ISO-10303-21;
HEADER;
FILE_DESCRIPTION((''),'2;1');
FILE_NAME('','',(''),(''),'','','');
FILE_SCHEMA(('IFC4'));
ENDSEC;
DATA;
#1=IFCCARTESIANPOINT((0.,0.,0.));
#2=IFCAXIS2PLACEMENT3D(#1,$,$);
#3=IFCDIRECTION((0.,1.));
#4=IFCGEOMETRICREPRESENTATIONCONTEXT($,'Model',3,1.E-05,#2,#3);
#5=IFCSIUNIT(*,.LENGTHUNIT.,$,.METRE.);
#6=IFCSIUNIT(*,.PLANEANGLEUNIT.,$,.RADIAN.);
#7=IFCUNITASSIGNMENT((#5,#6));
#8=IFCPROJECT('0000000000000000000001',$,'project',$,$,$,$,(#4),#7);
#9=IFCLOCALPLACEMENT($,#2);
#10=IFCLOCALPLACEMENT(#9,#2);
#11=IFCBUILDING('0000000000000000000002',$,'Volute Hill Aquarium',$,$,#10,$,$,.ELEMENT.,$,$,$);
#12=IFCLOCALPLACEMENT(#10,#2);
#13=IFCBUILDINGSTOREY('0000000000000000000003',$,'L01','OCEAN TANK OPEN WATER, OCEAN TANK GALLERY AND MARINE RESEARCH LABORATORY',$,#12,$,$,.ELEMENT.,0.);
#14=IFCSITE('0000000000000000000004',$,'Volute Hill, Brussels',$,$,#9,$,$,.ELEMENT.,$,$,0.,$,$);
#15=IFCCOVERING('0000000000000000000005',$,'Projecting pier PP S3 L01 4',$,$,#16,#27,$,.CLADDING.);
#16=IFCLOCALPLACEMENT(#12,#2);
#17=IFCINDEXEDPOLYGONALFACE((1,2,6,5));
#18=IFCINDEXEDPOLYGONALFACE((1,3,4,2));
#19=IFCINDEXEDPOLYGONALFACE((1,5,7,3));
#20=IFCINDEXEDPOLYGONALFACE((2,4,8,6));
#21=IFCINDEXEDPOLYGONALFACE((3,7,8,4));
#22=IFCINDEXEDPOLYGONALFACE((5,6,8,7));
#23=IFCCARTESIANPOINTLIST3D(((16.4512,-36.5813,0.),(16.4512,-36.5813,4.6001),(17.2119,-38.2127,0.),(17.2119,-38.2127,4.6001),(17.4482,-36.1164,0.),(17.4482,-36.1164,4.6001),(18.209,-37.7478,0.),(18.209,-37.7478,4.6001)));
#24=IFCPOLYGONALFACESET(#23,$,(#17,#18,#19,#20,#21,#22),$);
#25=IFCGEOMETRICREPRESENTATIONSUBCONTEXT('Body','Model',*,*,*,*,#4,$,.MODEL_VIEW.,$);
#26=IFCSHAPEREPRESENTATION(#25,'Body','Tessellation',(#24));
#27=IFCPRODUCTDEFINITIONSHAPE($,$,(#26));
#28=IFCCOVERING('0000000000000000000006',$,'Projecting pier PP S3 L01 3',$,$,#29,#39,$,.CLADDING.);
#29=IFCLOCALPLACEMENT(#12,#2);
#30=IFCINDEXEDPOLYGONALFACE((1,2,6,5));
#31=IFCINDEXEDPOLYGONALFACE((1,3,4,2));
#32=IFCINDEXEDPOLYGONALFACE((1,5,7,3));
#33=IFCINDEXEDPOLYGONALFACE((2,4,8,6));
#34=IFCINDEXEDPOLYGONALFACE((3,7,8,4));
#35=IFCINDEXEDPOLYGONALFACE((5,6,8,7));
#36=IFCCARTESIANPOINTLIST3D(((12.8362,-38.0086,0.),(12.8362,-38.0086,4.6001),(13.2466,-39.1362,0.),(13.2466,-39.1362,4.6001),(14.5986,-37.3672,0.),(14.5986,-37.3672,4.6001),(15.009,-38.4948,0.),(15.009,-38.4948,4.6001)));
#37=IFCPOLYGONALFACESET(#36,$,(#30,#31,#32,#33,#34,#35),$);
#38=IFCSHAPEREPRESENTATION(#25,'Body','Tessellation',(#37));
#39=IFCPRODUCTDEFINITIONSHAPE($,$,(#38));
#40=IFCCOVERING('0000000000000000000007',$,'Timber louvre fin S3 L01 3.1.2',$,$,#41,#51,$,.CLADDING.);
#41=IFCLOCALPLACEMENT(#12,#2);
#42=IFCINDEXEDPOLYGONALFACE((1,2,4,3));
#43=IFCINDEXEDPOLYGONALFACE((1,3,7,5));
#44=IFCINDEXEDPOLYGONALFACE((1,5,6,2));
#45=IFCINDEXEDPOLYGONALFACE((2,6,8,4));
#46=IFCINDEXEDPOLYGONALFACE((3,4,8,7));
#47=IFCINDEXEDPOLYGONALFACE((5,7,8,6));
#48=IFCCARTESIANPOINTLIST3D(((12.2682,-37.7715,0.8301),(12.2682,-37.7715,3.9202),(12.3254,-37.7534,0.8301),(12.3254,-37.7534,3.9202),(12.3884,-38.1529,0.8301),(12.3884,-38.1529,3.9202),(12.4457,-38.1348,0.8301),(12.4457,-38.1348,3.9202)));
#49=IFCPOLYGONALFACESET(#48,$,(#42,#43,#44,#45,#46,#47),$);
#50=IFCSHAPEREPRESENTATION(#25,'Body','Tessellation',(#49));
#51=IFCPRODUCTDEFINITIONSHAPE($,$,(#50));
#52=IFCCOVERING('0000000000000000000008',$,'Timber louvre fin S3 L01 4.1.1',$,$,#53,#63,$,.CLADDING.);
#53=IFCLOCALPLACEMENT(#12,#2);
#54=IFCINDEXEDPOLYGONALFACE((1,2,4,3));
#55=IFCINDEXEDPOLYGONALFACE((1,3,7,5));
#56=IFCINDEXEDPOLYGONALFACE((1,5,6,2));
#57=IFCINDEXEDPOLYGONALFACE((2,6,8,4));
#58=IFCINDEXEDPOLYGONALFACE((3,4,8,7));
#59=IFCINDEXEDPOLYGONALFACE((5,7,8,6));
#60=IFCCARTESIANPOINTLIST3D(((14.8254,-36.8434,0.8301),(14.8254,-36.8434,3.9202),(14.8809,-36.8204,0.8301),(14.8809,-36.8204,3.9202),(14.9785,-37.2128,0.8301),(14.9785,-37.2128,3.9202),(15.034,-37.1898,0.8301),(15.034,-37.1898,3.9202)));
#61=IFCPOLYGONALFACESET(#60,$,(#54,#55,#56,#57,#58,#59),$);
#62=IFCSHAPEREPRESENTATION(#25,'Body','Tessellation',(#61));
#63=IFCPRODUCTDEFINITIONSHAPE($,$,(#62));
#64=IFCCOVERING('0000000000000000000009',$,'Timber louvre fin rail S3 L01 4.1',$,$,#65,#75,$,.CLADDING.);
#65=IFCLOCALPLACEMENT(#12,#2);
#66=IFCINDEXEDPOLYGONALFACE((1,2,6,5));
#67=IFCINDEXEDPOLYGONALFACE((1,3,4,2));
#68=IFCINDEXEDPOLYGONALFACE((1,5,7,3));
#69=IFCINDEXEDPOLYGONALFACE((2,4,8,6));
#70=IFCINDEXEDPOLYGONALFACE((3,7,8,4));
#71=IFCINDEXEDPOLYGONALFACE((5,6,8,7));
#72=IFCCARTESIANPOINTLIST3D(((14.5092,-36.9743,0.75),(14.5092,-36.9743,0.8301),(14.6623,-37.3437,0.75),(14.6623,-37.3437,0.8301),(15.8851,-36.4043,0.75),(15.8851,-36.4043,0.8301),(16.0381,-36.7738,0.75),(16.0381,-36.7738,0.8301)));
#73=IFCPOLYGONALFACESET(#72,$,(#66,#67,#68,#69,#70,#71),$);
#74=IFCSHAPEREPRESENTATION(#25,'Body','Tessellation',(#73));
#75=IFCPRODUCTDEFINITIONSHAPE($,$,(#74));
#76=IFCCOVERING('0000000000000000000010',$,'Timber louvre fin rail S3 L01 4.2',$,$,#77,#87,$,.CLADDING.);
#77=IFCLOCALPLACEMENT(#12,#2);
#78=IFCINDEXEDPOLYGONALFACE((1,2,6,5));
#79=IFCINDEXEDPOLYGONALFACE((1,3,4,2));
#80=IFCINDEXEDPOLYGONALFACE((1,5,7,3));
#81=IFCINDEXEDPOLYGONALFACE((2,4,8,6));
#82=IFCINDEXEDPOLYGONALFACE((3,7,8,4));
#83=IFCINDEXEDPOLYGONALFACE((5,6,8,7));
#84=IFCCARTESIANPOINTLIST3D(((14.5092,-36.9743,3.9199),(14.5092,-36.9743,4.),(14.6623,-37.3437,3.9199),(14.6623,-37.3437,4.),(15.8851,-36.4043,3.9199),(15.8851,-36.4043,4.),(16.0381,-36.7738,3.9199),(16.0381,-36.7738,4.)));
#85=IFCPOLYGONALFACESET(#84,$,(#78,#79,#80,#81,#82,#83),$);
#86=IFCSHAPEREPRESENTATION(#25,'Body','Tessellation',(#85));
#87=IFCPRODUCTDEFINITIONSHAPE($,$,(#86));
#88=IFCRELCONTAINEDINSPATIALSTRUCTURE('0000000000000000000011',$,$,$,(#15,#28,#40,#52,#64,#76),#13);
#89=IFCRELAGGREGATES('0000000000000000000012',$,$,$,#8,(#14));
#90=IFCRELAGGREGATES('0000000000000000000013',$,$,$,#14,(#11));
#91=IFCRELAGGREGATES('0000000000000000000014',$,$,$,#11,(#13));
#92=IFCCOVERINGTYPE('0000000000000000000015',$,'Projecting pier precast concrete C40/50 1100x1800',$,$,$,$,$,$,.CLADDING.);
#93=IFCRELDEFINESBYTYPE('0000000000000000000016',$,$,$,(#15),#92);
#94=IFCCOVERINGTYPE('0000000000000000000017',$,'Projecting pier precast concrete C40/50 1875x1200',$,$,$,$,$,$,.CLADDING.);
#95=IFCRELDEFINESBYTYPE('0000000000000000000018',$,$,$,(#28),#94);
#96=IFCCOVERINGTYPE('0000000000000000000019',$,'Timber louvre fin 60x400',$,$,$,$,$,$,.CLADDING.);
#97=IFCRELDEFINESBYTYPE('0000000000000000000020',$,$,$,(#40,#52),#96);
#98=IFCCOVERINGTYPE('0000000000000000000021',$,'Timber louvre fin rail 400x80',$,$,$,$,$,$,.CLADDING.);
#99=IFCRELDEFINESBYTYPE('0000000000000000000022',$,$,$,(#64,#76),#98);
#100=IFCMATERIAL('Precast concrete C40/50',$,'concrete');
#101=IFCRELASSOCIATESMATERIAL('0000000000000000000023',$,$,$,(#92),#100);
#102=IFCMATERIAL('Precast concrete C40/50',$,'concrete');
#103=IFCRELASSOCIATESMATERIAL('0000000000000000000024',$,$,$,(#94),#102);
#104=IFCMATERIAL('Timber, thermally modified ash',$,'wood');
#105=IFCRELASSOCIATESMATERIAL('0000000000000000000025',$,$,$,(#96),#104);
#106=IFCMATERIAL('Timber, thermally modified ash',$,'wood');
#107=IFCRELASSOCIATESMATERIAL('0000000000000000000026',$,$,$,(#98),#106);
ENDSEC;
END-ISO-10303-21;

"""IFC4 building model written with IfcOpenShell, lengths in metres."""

from ifc_helpers import new_model, si_unit, direction, frame, origin, origin_2d, place, context, subcontext, project, spatial, rectangle, extrude, material, type_object, element, save


model = new_model("IFC4")

# Units and contexts
model_context = context("Model", 3, precision=1e-05, world=origin(), true_north=direction((0.0, 1.0)))
body_context = subcontext(model_context, "Body", "Model", "MODEL_VIEW")
ifc_project = project(units=[si_unit("LENGTHUNIT", "METRE"), si_unit("PLANEANGLEUNIT", "RADIAN")], contexts=[model_context])

# Site, building, storey
site_placement = place(None, origin())
site = spatial("IfcSite", under=ifc_project, at=site_placement, Name="Volute Hill, Brussels", CompositionType="ELEMENT", RefElevation=0.0)
building_placement = place(site_placement, origin())
building = spatial("IfcBuilding", under=site, at=building_placement, Name="Volute Hill Aquarium", CompositionType="ELEMENT")
storey_placement = place(building_placement, origin())
storey = spatial("IfcBuildingStorey", under=building, at=storey_placement, Name="L01", Description="OCEAN TANK OPEN WATER, OCEAN TANK GALLERY AND MARINE RESEARCH LABORATORY", CompositionType="ELEMENT", Elevation=0.0)

# Coverings
ifc_material_1 = material(Name="Precast concrete C40/50", Category="concrete")
covering_type_1 = type_object("IfcCoveringType", Name="Projecting pier precast concrete C40/50 1100x1800", PredefinedType="CLADDING", material=ifc_material_1)
covering_1_placement = place(storey_placement, frame((17.3301, -37.1646, 0.0), z_axis=(0.0, 0.0, 1.0), x_axis=(0.906308, 0.422618, 0.0)))
element("IfcCovering", 1, at=covering_1_placement, inside=storey, type_object=covering_type_1, Name="Projecting pier PP S3 L01 4", PredefinedType="CLADDING", context=body_context, shape_type="SweptSolid", body=[
    extrude(rectangle(XDim=1.1001, YDim=1.8, at=origin_2d()), origin(), (0.0, 0.0, 1.0), 4.6001),
])
ifc_material_2 = material(Name="Precast concrete C40/50", Category="concrete")
covering_type_2 = type_object("IfcCoveringType", Name="Projecting pier precast concrete C40/50 1875x1200", PredefinedType="CLADDING", material=ifc_material_2)
covering_2_placement = place(storey_placement, frame((13.9226, -38.2517, 0.0), z_axis=(0.0, 0.0, 1.0), x_axis=(0.939693, 0.34202, 0.0)))
element("IfcCovering", 2, at=covering_2_placement, inside=storey, type_object=covering_type_2, Name="Projecting pier PP S3 L01 3", PredefinedType="CLADDING", context=body_context, shape_type="SweptSolid", body=[
    extrude(rectangle(XDim=1.8755, YDim=1.2, at=origin_2d()), origin(), (0.0, 0.0, 1.0), 4.6001),
])
ifc_material_3 = material(Name="Timber, thermally modified ash", Category="wood")
covering_type_3 = type_object("IfcCoveringType", Name="Timber louvre fin 60x400", PredefinedType="CLADDING", material=ifc_material_3)
for number, where, z_axis, x_axis, name in (
    (3, (12.3569, -37.9531, 0.8301), (0.0, 0.0, 1.0), (0.953714, 0.300715, 0.0), "Timber louvre fin S3 L01 3.1.2"),
    (4, (14.9297, -37.0166, 0.8301), (0.0, 0.0, 1.0), (0.923875, 0.382694, 0.0), "Timber louvre fin S3 L01 4.1.1"),
):
    element("IfcCovering", number, at=place(storey_placement, frame(where, z_axis=z_axis, x_axis=x_axis)), inside=storey, type_object=covering_type_3, Name=name, PredefinedType="CLADDING", context=body_context, shape_type="SweptSolid", body=[
        extrude(rectangle(XDim=0.0601, YDim=0.3999, at=origin_2d()), origin(), (0.0, 0.0, 1.0), 3.0901),
    ])
ifc_material_4 = material(Name="Timber, thermally modified ash", Category="wood")
covering_type_4 = type_object("IfcCoveringType", Name="Timber louvre fin rail 400x80", PredefinedType="CLADDING", material=ifc_material_4)
for number, where, z_axis, x_axis, name in (
    (5, (15.2737, -36.874, 0.75), (0.0, 0.0, 1.0), (0.923875, 0.382694, 0.0), "Timber louvre fin rail S3 L01 4.1"),
    (6, (15.2737, -36.874, 3.9199), (0.0, 0.0, 1.0), (0.923875, 0.382694, 0.0), "Timber louvre fin rail S3 L01 4.2"),
):
    element("IfcCovering", number, at=place(storey_placement, frame(where, z_axis=z_axis, x_axis=x_axis)), inside=storey, type_object=covering_type_4, Name=name, PredefinedType="CLADDING", context=body_context, shape_type="SweptSolid", body=[
        extrude(rectangle(XDim=1.4893, YDim=0.3999, at=origin_2d()), origin(), (0.0, 0.0, 1.0), 0.0801),
    ])

save(model, "model.ifc")
